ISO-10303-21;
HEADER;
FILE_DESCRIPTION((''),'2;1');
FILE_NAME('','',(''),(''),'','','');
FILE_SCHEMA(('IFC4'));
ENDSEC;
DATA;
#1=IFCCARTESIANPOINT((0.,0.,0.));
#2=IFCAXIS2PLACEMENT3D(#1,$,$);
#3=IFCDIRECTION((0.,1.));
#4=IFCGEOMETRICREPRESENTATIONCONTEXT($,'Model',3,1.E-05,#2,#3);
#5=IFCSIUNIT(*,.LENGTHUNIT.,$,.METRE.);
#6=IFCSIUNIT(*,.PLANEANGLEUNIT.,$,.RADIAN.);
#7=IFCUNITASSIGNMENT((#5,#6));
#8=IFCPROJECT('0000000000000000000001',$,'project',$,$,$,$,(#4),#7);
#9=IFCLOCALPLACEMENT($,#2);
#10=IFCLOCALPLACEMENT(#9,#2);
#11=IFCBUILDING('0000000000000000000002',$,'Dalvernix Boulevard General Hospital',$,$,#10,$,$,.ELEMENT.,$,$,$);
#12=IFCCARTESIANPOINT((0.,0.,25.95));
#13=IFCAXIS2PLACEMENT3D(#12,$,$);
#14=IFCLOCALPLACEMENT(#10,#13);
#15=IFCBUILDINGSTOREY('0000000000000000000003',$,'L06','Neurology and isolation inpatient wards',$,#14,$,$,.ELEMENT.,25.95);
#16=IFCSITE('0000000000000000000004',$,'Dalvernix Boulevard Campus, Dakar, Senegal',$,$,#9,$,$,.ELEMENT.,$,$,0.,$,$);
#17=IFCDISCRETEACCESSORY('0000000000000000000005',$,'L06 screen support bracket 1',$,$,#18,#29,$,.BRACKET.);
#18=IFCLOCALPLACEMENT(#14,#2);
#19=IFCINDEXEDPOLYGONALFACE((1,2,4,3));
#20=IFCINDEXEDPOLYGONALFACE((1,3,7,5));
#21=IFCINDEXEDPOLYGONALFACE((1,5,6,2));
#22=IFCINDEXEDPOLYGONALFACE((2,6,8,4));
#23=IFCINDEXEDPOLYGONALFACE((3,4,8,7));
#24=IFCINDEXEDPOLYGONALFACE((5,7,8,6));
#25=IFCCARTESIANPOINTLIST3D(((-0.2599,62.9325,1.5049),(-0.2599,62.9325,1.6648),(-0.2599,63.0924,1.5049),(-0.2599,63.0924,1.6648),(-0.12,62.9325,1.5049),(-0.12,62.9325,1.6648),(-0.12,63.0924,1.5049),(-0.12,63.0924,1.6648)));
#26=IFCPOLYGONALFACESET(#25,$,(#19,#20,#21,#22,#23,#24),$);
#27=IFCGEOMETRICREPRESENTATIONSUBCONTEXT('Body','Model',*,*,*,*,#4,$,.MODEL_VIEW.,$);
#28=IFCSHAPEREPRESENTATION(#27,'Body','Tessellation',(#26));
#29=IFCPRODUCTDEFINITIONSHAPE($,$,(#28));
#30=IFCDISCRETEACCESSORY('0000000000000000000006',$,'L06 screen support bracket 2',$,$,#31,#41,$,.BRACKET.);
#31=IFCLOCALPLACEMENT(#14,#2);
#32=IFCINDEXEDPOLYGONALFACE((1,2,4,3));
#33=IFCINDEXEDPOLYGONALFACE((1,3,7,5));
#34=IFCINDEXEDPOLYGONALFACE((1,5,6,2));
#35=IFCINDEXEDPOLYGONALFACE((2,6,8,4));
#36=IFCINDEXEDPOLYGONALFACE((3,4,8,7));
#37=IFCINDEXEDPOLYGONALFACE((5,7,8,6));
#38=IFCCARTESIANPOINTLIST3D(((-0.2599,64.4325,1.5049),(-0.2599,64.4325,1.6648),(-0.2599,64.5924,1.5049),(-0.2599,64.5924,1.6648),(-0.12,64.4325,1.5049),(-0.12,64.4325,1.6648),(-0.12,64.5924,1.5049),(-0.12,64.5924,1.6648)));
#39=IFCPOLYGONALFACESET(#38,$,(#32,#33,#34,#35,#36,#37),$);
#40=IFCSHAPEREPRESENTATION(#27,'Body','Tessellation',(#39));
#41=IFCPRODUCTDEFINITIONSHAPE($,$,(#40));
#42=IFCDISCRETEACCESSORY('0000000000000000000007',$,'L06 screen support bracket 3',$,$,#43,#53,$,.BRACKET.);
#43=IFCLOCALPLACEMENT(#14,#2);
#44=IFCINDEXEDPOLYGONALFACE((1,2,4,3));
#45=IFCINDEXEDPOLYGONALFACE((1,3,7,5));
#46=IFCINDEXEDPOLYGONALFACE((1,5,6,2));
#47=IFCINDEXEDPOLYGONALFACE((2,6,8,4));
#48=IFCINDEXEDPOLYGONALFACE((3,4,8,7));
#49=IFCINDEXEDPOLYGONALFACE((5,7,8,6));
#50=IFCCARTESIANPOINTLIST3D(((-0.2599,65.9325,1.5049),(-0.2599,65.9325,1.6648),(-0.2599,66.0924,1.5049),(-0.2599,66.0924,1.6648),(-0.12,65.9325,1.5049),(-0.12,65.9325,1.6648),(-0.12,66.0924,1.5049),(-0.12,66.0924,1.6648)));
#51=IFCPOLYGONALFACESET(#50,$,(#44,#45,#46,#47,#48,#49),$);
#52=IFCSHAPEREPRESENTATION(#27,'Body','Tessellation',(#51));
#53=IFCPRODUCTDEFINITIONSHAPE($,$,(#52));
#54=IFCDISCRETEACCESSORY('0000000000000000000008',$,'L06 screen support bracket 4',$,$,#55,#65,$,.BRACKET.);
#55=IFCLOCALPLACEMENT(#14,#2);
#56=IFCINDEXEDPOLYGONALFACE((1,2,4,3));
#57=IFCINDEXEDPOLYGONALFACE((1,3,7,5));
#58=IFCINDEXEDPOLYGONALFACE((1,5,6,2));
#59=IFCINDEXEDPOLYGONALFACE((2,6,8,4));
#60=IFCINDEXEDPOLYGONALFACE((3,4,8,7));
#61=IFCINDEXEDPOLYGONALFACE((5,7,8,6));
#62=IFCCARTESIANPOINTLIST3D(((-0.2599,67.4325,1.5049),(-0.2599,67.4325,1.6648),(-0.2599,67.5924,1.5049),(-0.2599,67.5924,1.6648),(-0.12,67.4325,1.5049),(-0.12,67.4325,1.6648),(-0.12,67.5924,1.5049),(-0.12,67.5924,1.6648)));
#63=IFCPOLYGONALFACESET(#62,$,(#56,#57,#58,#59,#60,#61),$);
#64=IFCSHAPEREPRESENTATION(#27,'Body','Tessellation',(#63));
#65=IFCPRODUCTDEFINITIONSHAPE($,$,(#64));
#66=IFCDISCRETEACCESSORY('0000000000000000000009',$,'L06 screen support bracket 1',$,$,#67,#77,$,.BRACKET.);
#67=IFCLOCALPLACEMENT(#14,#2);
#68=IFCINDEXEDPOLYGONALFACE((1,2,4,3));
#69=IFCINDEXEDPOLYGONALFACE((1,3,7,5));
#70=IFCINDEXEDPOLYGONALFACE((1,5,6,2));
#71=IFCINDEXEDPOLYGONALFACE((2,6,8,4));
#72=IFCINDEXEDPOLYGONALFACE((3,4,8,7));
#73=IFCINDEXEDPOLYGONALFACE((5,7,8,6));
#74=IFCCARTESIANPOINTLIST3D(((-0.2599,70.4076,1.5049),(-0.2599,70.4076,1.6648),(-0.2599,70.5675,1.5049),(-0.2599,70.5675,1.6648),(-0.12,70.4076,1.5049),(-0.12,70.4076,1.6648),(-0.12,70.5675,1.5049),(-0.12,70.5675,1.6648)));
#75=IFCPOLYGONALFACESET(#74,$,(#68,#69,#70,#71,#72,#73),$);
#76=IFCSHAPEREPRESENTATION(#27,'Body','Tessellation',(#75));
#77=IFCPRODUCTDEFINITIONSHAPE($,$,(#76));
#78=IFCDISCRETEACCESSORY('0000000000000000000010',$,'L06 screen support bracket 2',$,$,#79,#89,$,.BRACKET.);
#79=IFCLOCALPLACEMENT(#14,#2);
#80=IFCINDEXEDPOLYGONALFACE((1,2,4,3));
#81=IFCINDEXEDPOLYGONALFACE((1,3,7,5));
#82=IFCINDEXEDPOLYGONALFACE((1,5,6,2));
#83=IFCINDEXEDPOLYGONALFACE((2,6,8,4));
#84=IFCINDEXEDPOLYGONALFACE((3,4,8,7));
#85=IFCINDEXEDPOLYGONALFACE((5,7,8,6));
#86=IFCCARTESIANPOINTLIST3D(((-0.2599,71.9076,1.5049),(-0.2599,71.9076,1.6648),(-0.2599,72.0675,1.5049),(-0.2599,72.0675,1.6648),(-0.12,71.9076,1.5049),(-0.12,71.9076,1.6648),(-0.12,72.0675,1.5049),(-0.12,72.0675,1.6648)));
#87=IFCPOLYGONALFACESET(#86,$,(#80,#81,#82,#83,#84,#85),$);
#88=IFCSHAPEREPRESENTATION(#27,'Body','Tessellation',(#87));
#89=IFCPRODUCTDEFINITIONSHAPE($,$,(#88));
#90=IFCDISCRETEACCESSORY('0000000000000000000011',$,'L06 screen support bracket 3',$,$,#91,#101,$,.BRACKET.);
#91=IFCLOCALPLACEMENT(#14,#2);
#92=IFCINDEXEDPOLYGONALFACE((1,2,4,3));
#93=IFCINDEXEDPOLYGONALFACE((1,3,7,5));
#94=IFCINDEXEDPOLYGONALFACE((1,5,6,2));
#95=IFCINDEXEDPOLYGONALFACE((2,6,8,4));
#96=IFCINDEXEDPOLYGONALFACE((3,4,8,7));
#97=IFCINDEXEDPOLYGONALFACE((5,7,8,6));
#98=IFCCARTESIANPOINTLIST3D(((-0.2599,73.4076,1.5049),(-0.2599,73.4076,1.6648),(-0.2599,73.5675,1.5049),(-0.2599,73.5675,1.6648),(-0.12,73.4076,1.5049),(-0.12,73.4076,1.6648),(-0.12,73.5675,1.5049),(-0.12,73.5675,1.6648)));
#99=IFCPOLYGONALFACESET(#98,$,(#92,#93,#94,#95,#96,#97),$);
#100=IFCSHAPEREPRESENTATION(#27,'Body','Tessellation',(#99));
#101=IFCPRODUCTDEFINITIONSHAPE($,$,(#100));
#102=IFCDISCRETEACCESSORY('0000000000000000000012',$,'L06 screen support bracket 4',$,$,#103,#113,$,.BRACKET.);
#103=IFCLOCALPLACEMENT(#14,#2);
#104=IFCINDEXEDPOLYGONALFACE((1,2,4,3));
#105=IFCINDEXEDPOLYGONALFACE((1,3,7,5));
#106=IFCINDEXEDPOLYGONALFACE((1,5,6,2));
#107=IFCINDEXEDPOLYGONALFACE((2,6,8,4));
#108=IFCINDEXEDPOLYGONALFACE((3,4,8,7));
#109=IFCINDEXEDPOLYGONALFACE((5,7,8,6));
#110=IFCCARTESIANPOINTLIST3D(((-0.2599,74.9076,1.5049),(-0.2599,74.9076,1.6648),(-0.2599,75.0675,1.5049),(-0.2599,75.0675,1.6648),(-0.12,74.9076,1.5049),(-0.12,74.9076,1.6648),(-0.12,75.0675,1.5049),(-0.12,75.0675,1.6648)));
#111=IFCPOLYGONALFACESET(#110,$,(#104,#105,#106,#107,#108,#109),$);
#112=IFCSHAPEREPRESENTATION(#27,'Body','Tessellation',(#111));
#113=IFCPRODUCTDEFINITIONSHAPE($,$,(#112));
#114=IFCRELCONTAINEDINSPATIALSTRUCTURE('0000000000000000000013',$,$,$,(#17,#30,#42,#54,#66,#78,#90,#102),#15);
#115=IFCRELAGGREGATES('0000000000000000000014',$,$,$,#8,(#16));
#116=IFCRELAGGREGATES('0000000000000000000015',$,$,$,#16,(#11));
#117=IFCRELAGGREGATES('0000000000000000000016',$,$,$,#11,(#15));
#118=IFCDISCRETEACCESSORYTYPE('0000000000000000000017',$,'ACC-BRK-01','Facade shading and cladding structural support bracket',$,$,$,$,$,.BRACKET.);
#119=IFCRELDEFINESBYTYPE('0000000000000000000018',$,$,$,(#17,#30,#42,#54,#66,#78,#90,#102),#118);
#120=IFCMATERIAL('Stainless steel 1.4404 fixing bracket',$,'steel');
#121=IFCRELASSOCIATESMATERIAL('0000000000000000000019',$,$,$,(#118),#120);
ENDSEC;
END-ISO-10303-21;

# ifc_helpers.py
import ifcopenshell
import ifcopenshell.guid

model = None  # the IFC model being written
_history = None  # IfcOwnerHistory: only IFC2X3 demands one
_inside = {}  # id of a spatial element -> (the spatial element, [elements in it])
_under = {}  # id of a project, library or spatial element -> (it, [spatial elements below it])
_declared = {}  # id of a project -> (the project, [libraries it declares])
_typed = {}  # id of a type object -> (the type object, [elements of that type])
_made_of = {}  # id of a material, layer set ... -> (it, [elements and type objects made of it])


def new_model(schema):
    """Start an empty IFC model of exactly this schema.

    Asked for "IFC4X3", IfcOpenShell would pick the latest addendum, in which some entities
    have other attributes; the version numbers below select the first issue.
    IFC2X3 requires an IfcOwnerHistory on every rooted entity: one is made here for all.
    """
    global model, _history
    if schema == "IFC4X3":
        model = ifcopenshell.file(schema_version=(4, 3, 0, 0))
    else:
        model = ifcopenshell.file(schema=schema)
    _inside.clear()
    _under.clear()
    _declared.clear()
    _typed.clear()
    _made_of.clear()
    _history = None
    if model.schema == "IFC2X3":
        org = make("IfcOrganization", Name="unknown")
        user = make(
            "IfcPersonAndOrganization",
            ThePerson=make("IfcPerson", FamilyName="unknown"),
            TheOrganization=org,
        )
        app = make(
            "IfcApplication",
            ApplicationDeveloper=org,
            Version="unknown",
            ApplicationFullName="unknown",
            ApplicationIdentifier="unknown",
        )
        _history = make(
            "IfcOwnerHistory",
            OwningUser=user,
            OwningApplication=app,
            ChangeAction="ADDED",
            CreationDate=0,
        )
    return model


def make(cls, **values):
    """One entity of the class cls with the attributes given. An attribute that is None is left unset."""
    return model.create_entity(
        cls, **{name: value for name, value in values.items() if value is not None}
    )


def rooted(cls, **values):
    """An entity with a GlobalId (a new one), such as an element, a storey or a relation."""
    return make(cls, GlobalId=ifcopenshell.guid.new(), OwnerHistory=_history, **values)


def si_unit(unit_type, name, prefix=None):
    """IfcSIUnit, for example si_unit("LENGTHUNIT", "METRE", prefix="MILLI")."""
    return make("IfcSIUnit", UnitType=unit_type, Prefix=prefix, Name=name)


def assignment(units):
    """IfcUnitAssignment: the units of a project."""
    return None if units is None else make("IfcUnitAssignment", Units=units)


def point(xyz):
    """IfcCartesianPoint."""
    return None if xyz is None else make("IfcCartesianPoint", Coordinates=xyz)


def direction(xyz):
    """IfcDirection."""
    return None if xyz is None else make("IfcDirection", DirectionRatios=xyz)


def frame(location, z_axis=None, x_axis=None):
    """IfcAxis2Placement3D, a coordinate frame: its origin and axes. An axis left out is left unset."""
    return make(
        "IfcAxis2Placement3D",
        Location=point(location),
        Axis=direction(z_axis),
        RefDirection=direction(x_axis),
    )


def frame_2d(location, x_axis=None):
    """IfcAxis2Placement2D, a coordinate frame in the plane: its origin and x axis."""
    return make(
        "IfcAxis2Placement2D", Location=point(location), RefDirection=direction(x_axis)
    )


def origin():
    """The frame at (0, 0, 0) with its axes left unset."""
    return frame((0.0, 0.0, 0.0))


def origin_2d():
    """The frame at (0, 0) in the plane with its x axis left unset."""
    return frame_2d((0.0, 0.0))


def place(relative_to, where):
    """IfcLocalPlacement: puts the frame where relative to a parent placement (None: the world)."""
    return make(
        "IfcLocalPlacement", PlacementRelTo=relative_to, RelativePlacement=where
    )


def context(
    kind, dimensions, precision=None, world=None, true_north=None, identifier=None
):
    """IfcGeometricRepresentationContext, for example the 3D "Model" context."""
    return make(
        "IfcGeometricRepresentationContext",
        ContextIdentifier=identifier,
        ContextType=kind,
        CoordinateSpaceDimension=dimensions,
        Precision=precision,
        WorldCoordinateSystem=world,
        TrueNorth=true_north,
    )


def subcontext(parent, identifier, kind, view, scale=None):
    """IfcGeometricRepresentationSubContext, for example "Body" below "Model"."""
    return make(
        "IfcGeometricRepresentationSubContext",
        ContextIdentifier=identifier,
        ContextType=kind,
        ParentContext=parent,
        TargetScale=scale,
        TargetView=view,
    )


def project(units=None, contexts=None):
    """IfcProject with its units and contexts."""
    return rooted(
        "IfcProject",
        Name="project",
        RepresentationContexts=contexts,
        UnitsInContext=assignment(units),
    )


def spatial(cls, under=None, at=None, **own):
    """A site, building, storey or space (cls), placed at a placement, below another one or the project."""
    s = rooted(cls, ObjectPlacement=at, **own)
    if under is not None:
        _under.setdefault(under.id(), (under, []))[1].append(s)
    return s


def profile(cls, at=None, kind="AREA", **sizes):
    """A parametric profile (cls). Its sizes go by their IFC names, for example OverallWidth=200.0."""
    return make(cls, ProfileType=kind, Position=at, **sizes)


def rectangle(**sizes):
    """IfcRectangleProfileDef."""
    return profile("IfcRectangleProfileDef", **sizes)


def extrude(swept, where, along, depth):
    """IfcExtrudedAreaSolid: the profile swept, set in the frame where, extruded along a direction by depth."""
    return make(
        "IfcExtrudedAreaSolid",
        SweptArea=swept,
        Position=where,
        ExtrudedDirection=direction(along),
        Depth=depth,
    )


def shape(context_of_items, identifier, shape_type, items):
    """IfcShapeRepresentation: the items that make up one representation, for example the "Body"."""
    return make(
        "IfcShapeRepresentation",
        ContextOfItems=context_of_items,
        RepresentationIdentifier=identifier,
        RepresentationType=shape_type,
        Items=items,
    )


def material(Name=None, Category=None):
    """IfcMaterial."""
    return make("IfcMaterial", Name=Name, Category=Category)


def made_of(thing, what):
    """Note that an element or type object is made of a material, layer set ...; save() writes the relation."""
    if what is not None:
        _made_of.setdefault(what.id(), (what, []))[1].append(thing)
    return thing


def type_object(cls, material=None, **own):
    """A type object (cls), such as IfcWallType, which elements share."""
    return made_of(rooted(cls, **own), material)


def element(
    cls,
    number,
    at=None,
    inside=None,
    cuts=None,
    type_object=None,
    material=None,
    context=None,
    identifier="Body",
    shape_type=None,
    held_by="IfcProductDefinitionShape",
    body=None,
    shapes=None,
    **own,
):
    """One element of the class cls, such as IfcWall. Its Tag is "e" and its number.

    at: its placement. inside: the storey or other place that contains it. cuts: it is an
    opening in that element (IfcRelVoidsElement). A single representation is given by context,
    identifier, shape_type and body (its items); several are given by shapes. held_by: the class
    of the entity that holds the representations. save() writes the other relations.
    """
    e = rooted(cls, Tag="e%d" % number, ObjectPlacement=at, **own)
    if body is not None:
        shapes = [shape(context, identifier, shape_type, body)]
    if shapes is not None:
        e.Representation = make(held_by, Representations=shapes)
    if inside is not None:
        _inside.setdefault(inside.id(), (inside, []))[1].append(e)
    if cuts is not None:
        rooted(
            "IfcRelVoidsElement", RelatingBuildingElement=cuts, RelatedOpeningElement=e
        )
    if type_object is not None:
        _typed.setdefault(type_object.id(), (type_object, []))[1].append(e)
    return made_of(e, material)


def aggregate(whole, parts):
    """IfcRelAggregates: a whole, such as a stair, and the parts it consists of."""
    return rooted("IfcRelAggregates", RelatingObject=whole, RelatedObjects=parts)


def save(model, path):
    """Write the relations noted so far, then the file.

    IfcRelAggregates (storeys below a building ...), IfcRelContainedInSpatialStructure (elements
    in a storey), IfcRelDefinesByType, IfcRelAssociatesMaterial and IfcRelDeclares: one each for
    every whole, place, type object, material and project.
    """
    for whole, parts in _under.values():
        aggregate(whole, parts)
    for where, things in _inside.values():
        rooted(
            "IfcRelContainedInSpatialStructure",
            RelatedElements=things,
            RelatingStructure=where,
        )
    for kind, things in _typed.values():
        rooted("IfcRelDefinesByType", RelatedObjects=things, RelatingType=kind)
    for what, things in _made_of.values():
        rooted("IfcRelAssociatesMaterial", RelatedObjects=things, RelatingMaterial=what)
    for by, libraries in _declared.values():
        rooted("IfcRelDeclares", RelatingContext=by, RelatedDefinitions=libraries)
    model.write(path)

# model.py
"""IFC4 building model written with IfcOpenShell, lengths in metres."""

from ifc_helpers import new_model, si_unit, direction, frame, origin, origin_2d, place, context, subcontext, project, spatial, rectangle, extrude, material, type_object, element, save


model = new_model("IFC4")

# Units and contexts
model_context = context("Model", 3, precision=1e-05, world=origin(), true_north=direction((0.0, 1.0)))
body_context = subcontext(model_context, "Body", "Model", "MODEL_VIEW")
ifc_project = project(units=[si_unit("LENGTHUNIT", "METRE"), si_unit("PLANEANGLEUNIT", "RADIAN")], contexts=[model_context])

# Site, building, storey
site_placement = place(None, origin())
site = spatial("IfcSite", under=ifc_project, at=site_placement, Name="Dalvernix Boulevard Campus, Dakar, Senegal", CompositionType="ELEMENT", RefElevation=0.0)
building_placement = place(site_placement, origin())
building = spatial("IfcBuilding", under=site, at=building_placement, Name="Dalvernix Boulevard General Hospital", CompositionType="ELEMENT")
storey_placement = place(building_placement, frame((0.0, 0.0, 25.95)))
storey = spatial("IfcBuildingStorey", under=building, at=storey_placement, Name="L06", Description="Neurology and isolation inpatient wards", CompositionType="ELEMENT", Elevation=25.95)

# Discrete accessories
ifc_material_1 = material(Name="Stainless steel 1.4404 fixing bracket", Category="steel")
discrete_accessory_type = type_object("IfcDiscreteAccessoryType", Name="ACC-BRK-01", Description="Facade shading and cladding structural support bracket", PredefinedType="BRACKET", material=ifc_material_1)
for number, where, z_axis, x_axis, name in (
    (1, (-0.1899, 63.0125, 1.5049), (0.0, 0.0, 1.0), (0.0, 1.0, 0.0), "L06 screen support bracket 1"),
    (2, (-0.1899, 64.5125, 1.5049), (0.0, 0.0, 1.0), (0.0, 1.0, 0.0), "L06 screen support bracket 2"),
    (3, (-0.1899, 66.0125, 1.5049), (0.0, 0.0, 1.0), (0.0, 1.0, 0.0), "L06 screen support bracket 3"),
    (4, (-0.1899, 67.5125, 1.5049), (0.0, 0.0, 1.0), (0.0, 1.0, 0.0), "L06 screen support bracket 4"),
    (5, (-0.1899, 70.4875, 1.5049), (0.0, 0.0, 1.0), (0.0, 1.0, 0.0), "L06 screen support bracket 1"),
    (6, (-0.1899, 71.9875, 1.5049), (0.0, 0.0, 1.0), (0.0, 1.0, 0.0), "L06 screen support bracket 2"),
    (7, (-0.1899, 73.4875, 1.5049), (0.0, 0.0, 1.0), (0.0, 1.0, 0.0), "L06 screen support bracket 3"),
    (8, (-0.1899, 74.9875, 1.5049), (0.0, 0.0, 1.0), (0.0, 1.0, 0.0), "L06 screen support bracket 4"),
):
    element("IfcDiscreteAccessory", number, at=place(storey_placement, frame(where, z_axis=z_axis, x_axis=x_axis)), inside=storey, type_object=discrete_accessory_type, Name=name, PredefinedType="BRACKET", context=body_context, shape_type="SweptSolid", body=[
        extrude(rectangle(XDim=0.1599, YDim=0.1399, at=origin_2d()), origin(), (0.0, 0.0, 1.0), 0.1599),
    ])

save(model, "model.ifc")
